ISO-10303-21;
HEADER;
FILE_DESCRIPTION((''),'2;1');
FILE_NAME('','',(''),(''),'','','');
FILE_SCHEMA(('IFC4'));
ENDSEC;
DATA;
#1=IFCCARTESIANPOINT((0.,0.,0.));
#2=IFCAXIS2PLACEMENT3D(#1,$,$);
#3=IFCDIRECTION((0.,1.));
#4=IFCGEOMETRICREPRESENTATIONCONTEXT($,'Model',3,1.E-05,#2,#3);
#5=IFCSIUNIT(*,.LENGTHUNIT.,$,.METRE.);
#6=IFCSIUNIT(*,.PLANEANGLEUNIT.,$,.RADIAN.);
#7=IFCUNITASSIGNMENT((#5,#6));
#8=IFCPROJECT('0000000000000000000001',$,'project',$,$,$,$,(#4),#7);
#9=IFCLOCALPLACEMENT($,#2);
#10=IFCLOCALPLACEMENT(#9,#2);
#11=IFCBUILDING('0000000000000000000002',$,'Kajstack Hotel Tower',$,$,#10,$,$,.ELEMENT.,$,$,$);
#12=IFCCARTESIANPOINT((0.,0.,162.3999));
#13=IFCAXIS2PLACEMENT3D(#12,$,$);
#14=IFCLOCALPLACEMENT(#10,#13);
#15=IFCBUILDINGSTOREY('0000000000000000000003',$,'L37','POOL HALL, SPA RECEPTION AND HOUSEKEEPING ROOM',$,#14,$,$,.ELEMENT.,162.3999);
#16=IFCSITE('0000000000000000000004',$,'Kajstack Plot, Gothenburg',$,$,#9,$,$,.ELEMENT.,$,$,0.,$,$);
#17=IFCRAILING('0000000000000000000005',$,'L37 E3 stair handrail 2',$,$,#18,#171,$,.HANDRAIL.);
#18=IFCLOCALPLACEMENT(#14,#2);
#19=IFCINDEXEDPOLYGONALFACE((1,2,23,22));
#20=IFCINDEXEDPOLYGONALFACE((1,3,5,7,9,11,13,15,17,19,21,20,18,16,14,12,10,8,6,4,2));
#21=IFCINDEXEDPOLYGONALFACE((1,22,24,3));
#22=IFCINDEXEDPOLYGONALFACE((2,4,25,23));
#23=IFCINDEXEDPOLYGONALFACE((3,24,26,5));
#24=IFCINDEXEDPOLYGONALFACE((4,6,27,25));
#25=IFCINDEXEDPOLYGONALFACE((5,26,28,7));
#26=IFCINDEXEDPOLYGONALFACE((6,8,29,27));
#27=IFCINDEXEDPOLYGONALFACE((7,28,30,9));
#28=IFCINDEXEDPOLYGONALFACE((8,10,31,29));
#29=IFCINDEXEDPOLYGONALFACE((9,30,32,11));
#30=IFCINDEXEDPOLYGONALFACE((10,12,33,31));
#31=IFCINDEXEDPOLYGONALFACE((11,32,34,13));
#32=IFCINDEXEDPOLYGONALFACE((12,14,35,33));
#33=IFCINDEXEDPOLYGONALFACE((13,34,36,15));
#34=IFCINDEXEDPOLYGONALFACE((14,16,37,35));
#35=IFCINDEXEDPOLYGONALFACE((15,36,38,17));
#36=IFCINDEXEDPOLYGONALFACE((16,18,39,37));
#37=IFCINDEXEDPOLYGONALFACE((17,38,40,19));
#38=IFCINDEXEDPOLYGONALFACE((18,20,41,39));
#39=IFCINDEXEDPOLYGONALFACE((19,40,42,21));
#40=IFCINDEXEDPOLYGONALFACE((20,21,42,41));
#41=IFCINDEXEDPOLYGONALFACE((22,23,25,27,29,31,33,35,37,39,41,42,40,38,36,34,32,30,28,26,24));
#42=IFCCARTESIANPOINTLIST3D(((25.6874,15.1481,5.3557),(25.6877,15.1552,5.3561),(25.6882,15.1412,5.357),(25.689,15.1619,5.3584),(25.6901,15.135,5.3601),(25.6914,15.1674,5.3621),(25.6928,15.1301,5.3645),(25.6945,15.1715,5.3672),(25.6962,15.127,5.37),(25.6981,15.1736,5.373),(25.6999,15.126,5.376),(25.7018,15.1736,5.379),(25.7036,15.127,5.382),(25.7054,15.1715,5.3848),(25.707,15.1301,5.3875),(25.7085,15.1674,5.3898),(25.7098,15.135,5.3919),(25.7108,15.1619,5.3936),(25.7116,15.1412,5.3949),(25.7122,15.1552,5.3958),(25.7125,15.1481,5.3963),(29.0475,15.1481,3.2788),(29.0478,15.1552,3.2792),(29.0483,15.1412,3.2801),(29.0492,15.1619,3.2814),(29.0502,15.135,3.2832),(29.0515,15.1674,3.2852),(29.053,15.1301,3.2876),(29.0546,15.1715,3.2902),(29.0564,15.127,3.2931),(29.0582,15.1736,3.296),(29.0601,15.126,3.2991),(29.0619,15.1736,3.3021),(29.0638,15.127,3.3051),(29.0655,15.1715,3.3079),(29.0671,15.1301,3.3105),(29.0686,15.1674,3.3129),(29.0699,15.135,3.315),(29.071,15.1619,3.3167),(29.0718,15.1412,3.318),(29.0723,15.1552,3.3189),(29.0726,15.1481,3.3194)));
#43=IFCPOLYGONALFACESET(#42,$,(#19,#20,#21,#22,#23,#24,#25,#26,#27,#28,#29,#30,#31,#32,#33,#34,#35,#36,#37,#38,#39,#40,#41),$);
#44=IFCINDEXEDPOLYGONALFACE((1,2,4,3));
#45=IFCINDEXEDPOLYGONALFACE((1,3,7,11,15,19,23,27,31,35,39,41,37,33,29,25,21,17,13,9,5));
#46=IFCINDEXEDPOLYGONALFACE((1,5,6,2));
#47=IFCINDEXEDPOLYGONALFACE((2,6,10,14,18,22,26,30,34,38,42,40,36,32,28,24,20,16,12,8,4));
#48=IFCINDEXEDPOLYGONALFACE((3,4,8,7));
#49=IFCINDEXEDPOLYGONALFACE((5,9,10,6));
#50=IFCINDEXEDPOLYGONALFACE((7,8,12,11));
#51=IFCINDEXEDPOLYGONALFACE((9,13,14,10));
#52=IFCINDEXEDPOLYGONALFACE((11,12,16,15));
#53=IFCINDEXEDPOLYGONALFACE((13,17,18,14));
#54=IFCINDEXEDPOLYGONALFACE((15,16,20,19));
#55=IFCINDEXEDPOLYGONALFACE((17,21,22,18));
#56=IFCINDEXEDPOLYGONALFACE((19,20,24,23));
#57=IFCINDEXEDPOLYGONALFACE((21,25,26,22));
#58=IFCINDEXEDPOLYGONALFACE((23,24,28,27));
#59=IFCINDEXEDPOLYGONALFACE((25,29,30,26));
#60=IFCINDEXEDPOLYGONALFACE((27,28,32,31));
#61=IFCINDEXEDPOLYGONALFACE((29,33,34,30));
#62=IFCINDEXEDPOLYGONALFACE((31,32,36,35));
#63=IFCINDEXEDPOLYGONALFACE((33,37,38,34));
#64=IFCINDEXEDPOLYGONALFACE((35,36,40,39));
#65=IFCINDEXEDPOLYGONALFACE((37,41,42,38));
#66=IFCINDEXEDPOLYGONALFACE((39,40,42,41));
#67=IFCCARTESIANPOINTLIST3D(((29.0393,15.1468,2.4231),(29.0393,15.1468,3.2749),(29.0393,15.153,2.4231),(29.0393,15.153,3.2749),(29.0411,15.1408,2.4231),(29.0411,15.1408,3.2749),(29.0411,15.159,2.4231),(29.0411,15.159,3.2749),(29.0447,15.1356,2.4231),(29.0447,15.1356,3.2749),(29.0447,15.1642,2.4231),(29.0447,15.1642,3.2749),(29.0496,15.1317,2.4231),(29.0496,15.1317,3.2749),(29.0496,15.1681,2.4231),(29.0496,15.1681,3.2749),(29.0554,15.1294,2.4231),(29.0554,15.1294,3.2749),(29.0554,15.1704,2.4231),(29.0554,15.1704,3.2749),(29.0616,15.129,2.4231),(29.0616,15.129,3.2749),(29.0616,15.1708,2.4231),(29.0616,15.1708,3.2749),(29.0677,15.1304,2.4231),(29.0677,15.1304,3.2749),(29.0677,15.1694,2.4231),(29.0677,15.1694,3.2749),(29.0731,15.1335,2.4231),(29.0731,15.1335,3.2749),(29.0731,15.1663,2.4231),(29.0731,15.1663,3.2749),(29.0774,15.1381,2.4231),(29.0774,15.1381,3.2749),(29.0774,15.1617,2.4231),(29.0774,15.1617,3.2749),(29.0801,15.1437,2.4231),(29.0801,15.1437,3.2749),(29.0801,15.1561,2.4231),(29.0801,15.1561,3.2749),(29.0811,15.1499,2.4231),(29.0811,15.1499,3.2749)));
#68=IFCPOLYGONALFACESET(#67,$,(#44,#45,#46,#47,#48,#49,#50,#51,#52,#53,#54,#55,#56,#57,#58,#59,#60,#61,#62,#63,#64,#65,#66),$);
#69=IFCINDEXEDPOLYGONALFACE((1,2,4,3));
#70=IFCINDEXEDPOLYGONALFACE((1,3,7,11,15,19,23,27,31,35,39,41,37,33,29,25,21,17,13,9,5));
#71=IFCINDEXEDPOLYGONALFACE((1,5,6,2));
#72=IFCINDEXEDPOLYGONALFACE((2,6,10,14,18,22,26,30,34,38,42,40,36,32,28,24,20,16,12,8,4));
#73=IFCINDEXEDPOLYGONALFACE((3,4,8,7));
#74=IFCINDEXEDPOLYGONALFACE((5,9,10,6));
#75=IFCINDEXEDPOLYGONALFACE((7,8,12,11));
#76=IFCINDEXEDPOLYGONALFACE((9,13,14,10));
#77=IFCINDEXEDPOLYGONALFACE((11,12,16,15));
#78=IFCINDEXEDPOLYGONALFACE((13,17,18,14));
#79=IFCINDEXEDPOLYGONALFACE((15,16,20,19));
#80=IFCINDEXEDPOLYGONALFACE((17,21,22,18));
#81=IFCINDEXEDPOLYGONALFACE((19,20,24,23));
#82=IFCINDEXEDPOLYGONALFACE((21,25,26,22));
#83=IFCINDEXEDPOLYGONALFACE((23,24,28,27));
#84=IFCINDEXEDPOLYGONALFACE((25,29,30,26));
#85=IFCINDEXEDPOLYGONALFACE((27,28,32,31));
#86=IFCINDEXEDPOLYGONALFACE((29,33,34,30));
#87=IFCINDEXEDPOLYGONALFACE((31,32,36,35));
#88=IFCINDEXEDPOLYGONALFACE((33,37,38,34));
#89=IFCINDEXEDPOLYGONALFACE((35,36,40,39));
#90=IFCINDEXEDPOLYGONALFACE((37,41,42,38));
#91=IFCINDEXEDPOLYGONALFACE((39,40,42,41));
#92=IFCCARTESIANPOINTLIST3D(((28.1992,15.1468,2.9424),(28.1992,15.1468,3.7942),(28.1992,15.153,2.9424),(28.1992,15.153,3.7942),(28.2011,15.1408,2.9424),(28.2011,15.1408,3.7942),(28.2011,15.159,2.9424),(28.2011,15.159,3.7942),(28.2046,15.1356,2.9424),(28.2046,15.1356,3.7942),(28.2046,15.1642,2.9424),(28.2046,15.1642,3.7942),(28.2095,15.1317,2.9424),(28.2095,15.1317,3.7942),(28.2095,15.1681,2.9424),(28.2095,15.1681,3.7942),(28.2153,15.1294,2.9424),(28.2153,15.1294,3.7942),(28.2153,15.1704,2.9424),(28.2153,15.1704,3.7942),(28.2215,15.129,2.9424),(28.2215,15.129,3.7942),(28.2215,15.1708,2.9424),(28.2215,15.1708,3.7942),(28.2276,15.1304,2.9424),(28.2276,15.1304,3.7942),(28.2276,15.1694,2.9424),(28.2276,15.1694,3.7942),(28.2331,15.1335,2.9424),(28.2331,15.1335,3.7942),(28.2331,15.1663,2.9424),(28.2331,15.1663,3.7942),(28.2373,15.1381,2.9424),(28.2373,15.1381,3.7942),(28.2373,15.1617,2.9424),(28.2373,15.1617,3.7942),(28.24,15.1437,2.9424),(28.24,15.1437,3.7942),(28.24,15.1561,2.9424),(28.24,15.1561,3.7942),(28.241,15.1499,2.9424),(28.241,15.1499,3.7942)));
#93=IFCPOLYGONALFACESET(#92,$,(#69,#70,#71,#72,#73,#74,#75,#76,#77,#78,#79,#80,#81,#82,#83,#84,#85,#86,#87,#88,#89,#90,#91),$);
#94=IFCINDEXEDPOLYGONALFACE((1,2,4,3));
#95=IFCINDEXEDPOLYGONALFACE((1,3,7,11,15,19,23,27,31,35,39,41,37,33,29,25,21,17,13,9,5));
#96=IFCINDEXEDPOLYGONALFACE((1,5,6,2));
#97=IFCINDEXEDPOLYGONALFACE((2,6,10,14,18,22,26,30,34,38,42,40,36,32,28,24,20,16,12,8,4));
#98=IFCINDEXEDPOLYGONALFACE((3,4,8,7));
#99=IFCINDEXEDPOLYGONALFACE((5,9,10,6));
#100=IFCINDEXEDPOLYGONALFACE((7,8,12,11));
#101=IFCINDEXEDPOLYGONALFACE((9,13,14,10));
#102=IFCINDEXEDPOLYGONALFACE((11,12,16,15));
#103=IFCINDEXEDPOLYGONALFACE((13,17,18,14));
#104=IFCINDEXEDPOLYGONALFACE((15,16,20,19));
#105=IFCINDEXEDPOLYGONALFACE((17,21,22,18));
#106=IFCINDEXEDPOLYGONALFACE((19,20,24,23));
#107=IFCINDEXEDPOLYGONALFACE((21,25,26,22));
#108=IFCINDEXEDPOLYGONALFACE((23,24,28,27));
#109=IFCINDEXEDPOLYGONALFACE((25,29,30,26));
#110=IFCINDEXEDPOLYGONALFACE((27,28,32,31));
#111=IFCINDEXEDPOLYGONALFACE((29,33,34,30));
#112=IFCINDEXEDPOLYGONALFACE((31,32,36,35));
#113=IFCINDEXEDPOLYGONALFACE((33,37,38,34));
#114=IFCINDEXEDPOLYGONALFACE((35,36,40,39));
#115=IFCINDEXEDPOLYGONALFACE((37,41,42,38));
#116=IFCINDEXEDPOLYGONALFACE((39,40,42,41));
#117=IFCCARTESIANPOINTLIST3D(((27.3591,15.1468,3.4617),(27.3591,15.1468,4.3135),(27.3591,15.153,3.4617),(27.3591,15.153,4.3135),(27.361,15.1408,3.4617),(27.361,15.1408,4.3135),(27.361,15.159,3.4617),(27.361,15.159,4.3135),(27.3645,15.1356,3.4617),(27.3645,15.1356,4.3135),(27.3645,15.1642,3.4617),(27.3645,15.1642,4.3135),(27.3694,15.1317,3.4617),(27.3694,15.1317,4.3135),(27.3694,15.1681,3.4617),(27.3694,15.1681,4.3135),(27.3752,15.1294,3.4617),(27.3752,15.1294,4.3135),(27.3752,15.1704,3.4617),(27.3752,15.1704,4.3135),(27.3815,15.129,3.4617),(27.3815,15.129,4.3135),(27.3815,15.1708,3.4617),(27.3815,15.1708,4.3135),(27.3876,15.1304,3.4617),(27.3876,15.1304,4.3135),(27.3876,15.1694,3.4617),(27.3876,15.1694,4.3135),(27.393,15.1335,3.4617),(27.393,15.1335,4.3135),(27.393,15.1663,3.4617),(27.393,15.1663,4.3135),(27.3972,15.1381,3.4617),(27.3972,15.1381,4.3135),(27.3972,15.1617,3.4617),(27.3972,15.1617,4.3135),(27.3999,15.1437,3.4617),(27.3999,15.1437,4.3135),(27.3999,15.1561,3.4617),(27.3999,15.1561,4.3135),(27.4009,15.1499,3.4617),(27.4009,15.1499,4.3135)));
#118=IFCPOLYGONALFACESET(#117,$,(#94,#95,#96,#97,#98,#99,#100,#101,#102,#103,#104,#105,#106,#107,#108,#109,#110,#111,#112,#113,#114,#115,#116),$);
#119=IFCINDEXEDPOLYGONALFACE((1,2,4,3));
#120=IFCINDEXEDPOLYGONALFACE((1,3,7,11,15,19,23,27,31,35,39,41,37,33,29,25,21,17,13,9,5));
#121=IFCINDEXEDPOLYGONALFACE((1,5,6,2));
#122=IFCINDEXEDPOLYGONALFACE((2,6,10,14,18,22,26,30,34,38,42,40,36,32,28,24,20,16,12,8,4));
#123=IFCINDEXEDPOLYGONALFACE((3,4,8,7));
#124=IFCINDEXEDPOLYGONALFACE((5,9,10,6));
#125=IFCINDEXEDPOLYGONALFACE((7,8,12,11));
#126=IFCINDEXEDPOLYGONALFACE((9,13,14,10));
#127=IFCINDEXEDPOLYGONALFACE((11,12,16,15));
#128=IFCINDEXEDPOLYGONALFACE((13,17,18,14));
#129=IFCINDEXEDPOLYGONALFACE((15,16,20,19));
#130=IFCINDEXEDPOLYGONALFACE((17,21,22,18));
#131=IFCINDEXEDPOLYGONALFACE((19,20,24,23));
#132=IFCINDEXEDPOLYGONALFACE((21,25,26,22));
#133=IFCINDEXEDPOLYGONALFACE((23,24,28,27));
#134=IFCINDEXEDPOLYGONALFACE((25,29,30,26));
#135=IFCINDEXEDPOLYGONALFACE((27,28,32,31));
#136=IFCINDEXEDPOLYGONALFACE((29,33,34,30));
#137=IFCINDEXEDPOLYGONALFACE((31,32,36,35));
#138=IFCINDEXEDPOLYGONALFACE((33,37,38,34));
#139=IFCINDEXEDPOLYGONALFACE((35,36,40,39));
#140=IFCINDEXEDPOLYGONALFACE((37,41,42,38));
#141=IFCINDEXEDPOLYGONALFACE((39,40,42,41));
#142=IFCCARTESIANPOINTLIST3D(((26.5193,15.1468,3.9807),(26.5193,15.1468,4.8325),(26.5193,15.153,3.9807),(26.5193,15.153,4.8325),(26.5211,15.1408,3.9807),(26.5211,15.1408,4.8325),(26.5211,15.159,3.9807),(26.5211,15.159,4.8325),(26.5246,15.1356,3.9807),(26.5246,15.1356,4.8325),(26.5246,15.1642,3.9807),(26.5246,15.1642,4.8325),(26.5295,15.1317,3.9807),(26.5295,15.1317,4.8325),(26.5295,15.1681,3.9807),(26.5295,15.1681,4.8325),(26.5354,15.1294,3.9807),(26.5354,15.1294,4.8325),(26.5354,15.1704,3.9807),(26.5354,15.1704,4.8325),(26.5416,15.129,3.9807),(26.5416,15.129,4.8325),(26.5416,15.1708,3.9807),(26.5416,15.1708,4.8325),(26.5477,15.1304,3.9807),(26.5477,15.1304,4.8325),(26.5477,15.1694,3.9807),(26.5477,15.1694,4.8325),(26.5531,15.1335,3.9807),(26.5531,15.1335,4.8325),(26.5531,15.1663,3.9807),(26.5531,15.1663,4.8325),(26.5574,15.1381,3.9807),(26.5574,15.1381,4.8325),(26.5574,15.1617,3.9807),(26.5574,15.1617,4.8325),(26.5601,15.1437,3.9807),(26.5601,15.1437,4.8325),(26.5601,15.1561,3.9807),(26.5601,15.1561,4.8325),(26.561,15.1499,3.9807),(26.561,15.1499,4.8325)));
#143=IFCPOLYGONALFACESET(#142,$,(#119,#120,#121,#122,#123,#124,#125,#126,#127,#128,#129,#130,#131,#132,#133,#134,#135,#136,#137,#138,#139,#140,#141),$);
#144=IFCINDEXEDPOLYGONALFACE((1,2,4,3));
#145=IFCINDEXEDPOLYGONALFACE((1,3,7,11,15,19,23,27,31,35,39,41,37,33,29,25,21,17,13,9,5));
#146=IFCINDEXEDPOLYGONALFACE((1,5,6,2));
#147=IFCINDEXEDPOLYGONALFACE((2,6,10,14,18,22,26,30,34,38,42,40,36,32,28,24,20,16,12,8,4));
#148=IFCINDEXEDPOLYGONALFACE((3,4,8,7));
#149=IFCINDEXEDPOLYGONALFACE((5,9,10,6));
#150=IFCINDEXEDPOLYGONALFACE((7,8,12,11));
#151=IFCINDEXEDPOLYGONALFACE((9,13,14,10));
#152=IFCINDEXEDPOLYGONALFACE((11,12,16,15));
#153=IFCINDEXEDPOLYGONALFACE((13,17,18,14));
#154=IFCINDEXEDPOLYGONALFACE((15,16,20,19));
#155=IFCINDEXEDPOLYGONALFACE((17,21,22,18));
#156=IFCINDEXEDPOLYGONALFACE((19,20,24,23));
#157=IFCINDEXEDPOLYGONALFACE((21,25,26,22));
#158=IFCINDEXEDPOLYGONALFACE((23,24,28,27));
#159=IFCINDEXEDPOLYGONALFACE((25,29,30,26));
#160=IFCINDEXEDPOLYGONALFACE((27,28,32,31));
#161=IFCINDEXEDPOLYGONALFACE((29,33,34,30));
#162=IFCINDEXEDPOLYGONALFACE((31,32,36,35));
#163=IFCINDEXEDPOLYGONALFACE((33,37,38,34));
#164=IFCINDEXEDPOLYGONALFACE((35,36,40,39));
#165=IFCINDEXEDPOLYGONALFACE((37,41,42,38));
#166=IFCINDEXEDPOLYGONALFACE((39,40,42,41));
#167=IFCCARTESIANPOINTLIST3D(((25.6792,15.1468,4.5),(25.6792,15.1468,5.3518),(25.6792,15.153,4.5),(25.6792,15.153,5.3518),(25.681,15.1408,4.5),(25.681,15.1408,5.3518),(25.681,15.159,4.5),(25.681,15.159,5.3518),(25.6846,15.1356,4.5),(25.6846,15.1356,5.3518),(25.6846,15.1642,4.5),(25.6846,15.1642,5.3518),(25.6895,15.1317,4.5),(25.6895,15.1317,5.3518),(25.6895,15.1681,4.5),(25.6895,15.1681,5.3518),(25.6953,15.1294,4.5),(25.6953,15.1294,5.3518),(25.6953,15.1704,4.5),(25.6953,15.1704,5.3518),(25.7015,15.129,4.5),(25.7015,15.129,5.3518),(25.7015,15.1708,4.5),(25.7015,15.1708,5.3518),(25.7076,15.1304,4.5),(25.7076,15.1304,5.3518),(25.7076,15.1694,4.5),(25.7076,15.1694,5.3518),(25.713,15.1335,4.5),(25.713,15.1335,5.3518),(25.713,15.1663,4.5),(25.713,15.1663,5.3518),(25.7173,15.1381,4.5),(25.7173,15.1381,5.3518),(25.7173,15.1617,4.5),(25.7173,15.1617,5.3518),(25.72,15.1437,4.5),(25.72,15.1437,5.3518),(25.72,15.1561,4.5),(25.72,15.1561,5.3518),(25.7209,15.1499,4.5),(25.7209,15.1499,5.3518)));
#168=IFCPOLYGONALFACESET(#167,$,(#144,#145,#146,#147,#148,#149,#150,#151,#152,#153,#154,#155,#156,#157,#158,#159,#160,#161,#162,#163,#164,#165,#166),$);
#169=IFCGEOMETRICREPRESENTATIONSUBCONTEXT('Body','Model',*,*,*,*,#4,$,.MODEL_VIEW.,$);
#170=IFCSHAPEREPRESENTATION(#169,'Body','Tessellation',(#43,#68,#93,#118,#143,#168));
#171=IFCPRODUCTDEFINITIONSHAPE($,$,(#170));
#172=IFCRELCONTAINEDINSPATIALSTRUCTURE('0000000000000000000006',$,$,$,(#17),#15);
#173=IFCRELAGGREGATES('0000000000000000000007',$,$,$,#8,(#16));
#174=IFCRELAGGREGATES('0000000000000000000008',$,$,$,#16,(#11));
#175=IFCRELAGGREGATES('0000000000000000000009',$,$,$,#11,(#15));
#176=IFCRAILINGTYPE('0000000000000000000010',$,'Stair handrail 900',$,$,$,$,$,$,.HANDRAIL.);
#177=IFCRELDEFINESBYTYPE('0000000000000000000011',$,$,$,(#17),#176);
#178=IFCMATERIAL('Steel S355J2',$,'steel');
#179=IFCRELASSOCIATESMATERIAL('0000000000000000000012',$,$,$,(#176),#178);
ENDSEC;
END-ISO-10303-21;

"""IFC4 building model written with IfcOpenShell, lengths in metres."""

from ifc_helpers import new_model, si_unit, direction, frame, origin, origin_2d, place, context, subcontext, project, spatial, circle, extrude, material, type_object, element, save


model = new_model("IFC4")

# Units and contexts
model_context = context("Model", 3, precision=1e-05, world=origin(), true_north=direction((0.0, 1.0)))
body_context = subcontext(model_context, "Body", "Model", "MODEL_VIEW")
ifc_project = project(units=[si_unit("LENGTHUNIT", "METRE"), si_unit("PLANEANGLEUNIT", "RADIAN")], contexts=[model_context])

# Site, building, storey
site_placement = place(None, origin())
site = spatial("IfcSite", under=ifc_project, at=site_placement, Name="Kajstack Plot, Gothenburg", CompositionType="ELEMENT", RefElevation=0.0)
building_placement = place(site_placement, origin())
building = spatial("IfcBuilding", under=site, at=building_placement, Name="Kajstack Hotel Tower", CompositionType="ELEMENT")
storey_placement = place(building_placement, frame((0.0, 0.0, 162.3999)))
storey = spatial("IfcBuildingStorey", under=building, at=storey_placement, Name="L37", Description="POOL HALL, SPA RECEPTION AND HOUSEKEEPING ROOM", CompositionType="ELEMENT", Elevation=162.3999)

# Railing
ifc_material_1 = material(Name="Steel S355J2", Category="steel")
railing_type_1 = type_object("IfcRailingType", Name="Stair handrail 900", PredefinedType="HANDRAIL", material=ifc_material_1)
railing_1_placement = place(storey_placement, frame((29.0601, 15.1499, 2.4231)))
element("IfcRailing", 1, at=railing_1_placement, inside=storey, type_object=railing_type_1, Name="L37 E3 stair handrail 2", PredefinedType="HANDRAIL", context=body_context, shape_type="SweptSolid", body=[
    extrude(circle(Radius=0.0239, at=origin_2d()), frame((0.0, 0.0, 0.876), z_axis=(-0.850623, 0.0, 0.525776), x_axis=(0.0, -1.0, 0.0)), (0.0, 0.0, 1.0), 3.9502),
    extrude(circle(Radius=0.021, at=origin_2d()), origin(), (0.0, 0.0, 1.0), 0.8518),
    extrude(circle(Radius=0.021, at=origin_2d()), frame((-0.8401, 0.0, 0.5193)), (0.0, 0.0, 1.0), 0.8518),
    extrude(circle(Radius=0.021, at=origin_2d()), frame((-1.6802, 0.0, 1.0386)), (0.0, 0.0, 1.0), 0.8518),
    extrude(circle(Radius=0.021, at=origin_2d()), frame((-2.52, 0.0, 1.5576)), (0.0, 0.0, 1.0), 0.8518),
    extrude(circle(Radius=0.021, at=origin_2d()), frame((-3.3601, 0.0, 2.0769)), (0.0, 0.0, 1.0), 0.8518),
])

save(model, "model.ifc")
